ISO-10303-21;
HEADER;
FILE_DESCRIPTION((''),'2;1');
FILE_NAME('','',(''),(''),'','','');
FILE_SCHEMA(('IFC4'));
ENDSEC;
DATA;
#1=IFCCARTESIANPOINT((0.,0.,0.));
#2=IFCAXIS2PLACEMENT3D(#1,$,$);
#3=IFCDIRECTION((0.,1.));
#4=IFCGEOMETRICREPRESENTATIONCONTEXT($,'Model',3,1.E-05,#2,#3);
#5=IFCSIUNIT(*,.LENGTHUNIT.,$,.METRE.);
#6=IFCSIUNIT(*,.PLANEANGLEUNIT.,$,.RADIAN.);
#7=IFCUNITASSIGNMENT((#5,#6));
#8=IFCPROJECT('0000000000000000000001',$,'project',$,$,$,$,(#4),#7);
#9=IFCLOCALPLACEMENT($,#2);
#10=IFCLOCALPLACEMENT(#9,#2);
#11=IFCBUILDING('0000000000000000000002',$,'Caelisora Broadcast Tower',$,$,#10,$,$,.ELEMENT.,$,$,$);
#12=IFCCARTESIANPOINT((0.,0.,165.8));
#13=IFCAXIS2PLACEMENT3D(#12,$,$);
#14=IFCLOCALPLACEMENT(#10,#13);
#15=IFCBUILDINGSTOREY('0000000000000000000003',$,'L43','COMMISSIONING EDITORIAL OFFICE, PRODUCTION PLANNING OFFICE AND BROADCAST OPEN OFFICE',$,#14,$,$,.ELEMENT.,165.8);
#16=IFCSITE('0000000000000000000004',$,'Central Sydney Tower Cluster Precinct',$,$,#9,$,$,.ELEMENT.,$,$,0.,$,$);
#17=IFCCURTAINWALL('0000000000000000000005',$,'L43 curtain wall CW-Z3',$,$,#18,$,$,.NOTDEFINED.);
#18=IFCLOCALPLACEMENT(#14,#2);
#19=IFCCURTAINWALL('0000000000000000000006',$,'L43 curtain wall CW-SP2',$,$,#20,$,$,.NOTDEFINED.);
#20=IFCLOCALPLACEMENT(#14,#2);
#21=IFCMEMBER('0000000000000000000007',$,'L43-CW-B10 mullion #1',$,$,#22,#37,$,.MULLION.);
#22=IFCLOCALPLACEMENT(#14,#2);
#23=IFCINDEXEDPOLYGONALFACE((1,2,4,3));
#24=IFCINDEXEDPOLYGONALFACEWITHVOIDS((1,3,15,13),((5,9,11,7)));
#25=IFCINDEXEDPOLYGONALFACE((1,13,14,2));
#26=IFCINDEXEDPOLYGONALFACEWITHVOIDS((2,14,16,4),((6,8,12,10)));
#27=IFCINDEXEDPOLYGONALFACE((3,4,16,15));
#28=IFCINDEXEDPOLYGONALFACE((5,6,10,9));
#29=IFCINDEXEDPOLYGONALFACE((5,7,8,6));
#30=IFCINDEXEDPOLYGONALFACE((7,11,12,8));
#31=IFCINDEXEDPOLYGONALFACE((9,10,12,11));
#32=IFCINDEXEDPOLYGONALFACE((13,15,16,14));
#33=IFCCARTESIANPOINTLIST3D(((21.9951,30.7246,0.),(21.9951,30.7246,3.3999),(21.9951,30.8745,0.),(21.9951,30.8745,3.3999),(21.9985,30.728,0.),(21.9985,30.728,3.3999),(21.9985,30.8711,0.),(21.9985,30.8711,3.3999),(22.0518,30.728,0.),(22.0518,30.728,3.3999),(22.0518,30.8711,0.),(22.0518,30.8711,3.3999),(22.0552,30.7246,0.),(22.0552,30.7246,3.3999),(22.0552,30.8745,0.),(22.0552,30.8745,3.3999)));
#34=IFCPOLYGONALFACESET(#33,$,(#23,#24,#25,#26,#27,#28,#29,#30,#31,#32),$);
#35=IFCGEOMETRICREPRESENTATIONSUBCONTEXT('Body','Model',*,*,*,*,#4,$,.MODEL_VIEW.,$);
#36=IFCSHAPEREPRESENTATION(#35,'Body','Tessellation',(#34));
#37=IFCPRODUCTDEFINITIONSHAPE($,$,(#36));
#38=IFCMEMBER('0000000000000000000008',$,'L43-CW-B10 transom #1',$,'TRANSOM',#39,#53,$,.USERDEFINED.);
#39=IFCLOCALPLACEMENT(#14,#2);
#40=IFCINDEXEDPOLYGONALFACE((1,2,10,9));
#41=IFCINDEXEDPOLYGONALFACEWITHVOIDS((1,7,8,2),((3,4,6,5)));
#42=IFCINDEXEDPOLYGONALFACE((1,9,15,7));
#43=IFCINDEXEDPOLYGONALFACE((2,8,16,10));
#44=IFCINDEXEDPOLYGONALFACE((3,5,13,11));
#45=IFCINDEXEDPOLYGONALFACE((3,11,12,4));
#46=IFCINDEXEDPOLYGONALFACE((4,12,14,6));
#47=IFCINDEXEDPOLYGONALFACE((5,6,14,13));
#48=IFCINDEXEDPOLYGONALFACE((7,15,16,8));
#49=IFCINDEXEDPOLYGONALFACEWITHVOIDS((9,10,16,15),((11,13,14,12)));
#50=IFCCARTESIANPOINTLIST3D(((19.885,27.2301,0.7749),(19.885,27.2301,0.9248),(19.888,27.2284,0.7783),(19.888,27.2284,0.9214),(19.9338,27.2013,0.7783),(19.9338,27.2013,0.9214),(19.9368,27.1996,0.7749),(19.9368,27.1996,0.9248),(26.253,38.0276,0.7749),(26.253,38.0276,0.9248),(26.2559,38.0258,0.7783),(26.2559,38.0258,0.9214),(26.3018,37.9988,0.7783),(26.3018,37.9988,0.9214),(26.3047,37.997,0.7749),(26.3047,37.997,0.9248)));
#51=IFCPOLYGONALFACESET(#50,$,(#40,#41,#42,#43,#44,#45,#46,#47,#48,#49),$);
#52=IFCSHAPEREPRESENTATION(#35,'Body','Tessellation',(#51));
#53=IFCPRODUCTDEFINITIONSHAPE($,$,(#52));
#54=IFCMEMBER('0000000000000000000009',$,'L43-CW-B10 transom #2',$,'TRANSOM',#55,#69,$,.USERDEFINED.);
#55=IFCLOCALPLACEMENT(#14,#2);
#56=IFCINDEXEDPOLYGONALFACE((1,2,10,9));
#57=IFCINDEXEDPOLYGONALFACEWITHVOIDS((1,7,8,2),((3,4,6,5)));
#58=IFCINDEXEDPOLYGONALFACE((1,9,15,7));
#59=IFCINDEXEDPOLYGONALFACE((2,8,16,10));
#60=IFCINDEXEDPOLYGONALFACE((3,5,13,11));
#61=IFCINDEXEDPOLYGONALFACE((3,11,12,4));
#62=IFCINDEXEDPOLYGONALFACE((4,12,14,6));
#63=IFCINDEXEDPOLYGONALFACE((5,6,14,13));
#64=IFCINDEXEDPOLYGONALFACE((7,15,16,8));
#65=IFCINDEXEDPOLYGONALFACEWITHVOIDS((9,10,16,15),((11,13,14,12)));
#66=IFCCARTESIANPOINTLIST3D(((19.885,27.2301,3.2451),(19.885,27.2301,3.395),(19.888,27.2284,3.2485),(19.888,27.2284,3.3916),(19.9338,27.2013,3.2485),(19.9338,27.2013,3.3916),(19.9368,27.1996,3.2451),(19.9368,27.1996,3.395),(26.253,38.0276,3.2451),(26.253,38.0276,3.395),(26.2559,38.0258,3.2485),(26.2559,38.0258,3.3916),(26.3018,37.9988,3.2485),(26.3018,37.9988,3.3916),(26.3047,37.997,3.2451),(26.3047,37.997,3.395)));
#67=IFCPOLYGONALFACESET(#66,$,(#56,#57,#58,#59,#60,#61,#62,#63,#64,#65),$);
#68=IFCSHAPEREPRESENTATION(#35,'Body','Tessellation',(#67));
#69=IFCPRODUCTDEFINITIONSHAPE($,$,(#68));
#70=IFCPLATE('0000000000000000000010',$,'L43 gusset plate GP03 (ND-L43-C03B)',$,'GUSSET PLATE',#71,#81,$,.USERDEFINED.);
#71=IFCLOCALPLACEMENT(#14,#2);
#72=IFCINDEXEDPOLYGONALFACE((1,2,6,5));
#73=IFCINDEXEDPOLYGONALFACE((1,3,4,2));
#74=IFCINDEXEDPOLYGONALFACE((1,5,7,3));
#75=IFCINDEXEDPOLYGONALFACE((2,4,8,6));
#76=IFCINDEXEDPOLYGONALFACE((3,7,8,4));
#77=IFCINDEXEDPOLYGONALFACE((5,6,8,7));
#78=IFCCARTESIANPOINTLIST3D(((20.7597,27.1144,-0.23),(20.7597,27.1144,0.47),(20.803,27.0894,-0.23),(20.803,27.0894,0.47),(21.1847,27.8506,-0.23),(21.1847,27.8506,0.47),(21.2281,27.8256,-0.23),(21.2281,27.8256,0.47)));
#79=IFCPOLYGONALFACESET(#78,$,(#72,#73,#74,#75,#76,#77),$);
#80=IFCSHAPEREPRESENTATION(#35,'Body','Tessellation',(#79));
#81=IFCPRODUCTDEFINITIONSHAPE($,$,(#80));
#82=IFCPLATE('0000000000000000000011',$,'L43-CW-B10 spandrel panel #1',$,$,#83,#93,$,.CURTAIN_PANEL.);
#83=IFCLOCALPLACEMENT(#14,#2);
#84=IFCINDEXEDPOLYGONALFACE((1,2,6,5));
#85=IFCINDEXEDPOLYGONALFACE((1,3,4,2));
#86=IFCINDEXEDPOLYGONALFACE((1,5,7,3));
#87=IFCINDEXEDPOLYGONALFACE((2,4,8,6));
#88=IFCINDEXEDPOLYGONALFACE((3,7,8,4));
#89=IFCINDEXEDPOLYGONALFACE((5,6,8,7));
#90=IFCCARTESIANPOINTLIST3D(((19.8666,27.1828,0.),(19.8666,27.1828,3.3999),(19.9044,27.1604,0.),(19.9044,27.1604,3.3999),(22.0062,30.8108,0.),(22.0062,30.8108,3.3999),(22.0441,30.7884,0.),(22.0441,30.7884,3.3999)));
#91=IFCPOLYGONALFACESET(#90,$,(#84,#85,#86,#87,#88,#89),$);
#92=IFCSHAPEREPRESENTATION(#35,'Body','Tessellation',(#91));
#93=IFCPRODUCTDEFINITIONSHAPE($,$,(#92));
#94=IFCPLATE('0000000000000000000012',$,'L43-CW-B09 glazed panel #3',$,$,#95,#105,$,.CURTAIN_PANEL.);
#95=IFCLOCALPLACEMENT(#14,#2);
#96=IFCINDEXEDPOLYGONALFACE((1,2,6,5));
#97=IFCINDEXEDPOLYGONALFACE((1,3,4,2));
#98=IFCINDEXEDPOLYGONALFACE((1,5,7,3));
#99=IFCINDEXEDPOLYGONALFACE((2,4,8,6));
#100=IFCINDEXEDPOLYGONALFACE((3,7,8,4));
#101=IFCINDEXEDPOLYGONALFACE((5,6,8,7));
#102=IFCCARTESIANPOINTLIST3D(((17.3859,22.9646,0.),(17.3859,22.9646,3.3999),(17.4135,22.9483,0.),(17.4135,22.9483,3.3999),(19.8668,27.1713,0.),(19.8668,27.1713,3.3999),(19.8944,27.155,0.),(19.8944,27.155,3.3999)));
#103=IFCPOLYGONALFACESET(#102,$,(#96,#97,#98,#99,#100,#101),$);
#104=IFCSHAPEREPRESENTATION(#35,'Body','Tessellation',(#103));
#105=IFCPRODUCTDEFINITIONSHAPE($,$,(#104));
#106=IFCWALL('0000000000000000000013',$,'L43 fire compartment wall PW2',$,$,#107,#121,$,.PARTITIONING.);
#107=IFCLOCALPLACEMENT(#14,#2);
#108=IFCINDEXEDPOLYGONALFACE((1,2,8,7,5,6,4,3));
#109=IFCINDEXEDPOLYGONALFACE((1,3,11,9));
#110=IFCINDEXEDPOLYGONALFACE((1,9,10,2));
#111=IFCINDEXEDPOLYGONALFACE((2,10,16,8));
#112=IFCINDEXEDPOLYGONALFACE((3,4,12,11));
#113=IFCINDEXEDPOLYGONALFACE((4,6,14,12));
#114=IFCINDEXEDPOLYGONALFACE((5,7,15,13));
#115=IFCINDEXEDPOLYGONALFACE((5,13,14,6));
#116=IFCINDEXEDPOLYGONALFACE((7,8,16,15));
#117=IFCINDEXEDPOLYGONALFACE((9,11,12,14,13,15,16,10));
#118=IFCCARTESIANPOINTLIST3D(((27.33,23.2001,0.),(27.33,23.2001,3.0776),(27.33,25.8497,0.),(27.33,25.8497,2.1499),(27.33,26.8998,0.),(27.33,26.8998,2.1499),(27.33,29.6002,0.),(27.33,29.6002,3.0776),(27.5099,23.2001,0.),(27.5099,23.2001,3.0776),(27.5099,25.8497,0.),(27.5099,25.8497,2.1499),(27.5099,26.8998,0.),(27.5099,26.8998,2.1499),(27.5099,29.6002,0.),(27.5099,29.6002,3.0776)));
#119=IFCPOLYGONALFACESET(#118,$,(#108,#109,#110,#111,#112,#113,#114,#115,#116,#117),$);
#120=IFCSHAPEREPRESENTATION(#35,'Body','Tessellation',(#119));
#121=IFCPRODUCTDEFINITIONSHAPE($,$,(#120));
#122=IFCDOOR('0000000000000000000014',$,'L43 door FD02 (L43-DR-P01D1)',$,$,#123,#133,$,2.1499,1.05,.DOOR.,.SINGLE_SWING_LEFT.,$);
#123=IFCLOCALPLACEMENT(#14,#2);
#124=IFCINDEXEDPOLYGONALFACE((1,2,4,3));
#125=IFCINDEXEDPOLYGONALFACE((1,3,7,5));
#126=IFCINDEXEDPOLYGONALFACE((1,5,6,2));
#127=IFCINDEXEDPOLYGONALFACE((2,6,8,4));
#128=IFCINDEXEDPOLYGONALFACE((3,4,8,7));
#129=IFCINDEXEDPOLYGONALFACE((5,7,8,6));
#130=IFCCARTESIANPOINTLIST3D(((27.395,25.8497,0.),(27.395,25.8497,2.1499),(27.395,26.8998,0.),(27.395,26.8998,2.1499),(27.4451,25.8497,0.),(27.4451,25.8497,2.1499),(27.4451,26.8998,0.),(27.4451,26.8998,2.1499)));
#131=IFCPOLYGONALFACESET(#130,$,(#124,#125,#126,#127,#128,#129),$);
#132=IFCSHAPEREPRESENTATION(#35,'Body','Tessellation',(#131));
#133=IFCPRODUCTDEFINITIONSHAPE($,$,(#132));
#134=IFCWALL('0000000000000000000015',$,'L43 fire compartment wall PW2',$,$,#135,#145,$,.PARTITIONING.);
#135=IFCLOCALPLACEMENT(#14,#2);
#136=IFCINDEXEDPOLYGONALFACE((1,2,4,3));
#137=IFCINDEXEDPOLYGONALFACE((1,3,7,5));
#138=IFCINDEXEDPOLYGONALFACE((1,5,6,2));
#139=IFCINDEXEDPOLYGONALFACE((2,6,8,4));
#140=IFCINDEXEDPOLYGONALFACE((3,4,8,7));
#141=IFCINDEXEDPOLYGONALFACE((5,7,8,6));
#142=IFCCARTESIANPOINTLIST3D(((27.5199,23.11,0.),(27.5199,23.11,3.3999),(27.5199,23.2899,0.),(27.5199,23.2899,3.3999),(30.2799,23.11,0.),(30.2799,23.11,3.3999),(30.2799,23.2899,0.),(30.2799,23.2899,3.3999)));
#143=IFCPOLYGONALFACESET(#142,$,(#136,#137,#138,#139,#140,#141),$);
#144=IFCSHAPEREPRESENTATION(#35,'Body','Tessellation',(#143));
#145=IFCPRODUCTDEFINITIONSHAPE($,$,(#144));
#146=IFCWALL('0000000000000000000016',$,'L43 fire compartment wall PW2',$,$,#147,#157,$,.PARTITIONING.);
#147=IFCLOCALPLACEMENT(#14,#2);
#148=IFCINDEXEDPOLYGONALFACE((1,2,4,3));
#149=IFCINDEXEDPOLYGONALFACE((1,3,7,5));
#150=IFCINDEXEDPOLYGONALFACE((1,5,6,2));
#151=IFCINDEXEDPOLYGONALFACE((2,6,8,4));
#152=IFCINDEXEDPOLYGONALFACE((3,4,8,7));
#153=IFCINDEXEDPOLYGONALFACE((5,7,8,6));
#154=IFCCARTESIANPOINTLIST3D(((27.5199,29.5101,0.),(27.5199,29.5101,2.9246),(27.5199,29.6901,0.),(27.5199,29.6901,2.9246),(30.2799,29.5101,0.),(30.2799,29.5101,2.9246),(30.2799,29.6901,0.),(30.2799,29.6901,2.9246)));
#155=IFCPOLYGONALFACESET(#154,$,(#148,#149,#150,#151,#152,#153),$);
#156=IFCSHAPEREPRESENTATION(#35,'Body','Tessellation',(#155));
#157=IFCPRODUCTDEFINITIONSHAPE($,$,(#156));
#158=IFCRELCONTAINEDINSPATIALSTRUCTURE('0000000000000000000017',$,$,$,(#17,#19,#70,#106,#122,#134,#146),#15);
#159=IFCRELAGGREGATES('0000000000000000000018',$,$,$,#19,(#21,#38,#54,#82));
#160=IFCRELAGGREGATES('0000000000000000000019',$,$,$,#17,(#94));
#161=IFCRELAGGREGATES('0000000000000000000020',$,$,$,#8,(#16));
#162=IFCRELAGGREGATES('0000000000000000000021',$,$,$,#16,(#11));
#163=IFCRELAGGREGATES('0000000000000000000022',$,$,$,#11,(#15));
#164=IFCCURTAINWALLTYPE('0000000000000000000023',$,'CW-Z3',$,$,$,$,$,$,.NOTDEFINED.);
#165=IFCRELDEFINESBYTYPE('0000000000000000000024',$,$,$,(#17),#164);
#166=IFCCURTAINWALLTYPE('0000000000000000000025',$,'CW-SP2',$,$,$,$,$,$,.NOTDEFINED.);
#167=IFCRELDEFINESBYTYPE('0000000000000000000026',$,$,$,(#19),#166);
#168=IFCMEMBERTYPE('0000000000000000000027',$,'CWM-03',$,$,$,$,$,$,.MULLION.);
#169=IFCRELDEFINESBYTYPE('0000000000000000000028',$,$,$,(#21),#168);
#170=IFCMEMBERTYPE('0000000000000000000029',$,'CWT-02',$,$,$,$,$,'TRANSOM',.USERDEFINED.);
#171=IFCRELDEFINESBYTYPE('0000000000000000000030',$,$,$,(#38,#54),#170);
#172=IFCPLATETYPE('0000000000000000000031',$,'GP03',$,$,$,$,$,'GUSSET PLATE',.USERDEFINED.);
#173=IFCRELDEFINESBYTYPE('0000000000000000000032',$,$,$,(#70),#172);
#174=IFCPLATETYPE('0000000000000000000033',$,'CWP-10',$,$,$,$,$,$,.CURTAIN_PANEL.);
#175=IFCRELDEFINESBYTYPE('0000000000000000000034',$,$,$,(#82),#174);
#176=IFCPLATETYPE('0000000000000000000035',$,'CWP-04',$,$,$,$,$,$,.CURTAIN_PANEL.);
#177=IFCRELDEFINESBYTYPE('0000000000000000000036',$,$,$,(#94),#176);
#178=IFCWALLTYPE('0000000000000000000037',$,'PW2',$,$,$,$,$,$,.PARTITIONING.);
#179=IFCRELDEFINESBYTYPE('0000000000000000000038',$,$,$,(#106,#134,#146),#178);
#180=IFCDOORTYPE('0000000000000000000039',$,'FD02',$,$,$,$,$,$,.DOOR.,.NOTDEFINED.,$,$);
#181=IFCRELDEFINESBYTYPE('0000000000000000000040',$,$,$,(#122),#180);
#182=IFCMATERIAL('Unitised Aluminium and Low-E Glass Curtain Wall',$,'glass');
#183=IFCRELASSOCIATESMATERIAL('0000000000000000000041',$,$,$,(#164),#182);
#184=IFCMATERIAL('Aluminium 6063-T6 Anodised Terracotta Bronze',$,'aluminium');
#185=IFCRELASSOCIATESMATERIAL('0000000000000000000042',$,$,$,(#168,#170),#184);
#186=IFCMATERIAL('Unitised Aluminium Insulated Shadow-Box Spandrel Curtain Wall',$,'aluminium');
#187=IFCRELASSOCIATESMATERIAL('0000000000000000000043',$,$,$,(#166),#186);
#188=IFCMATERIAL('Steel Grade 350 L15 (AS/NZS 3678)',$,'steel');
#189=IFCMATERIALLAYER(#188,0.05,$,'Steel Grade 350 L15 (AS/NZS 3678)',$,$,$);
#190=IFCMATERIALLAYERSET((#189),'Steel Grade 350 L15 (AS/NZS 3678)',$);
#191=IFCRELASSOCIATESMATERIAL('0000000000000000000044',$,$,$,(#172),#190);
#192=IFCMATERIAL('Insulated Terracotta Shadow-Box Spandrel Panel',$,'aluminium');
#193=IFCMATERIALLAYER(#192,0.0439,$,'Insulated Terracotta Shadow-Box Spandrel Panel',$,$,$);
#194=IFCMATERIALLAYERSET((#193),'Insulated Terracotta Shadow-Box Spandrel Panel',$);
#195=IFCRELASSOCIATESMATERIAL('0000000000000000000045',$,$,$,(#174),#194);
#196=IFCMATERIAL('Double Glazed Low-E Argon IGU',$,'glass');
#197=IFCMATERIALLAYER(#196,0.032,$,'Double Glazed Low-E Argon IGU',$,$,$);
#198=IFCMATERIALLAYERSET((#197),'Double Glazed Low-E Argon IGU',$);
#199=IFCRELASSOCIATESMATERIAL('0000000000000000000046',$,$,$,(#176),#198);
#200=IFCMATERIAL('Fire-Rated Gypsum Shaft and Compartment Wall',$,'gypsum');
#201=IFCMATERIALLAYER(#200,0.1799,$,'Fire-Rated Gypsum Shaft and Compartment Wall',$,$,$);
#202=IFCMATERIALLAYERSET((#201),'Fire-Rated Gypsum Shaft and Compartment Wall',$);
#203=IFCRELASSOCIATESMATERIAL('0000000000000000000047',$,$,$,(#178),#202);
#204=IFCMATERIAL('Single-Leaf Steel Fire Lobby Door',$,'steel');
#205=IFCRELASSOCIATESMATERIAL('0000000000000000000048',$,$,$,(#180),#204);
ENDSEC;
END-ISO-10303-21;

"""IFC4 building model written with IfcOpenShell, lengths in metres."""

from ifc_helpers import new_model, si_unit, direction, frame, frame_2d, origin, origin_2d, place, context, subcontext, project, spatial, rectangle, hollow_rectangle, extrude, source, transform, mapped, material, layer, layer_set, material_profile, profile_set, type_object, type_shapes, element, fill, aggregate, save


model = new_model("IFC4")

# Units and contexts
model_context = context("Model", 3, precision=1e-05, world=origin(), true_north=direction((0.0, 1.0)))
body_context = subcontext(model_context, "Body", "Model", "MODEL_VIEW")
ifc_project = project(units=[si_unit("LENGTHUNIT", "METRE"), si_unit("PLANEANGLEUNIT", "RADIAN")], contexts=[model_context])

# Site, building, storey
site_placement = place(None, origin())
site = spatial("IfcSite", under=ifc_project, at=site_placement, Name="Central Sydney Tower Cluster Precinct", CompositionType="ELEMENT", RefElevation=0.0)
building_placement = place(site_placement, origin())
building = spatial("IfcBuilding", under=site, at=building_placement, Name="Caelisora Broadcast Tower", CompositionType="ELEMENT")
storey_placement = place(building_placement, frame((0.0, 0.0, 165.8)))
storey = spatial("IfcBuildingStorey", under=building, at=storey_placement, Name="L43", Description="COMMISSIONING EDITORIAL OFFICE, PRODUCTION PLANNING OFFICE AND BROADCAST OPEN OFFICE", CompositionType="ELEMENT", Elevation=165.8)

# Shared definitions
ifc_material_1 = material(Name="Steel Grade 350 L15 (AS/NZS 3678)", Category="steel")

# Curtain wall
ifc_material_2 = material(Name="Unitised Aluminium and Low-E Glass Curtain Wall", Category="glass")
curtain_wall_type_1 = type_object("IfcCurtainWallType", Name="CW-Z3", PredefinedType="NOTDEFINED", material=ifc_material_2)
curtain_wall_1_placement = place(storey_placement, origin())
curtain_wall_1 = element("IfcCurtainWall", 1, at=curtain_wall_1_placement, inside=storey, type_object=curtain_wall_type_1, Name="L43 curtain wall CW-Z3", PredefinedType="NOTDEFINED")
ifc_material_3 = material(Name="Aluminium 6063-T6 Anodised Terracotta Bronze", Category="aluminium")
ifc_material_profile_1 = material_profile(ifc_material_3, hollow_rectangle(XDim=0.0601, YDim=0.1499, WallThickness=0.0034, at=origin_2d()), Name="Aluminium 6063-T6 Anodised Terracotta Bronze")
ifc_profile_set_1 = profile_set([ifc_material_profile_1], Name="Aluminium 6063-T6 Anodised Terracotta Bronze")
member_type_1 = type_object("IfcMemberType", Name="CWM-03", PredefinedType="MULLION", material=ifc_profile_set_1)
shared_shape_1 = source(origin(), body_context, "Body", "SweptSolid", [
    extrude(hollow_rectangle(XDim=0.0601, YDim=0.1499, WallThickness=0.0034, at=origin_2d()), origin(), (0.0, 0.0, 1.0), 3.3999),
])
type_shapes(member_type_1, [shared_shape_1])

# Curtain wall, members
ifc_material_4 = material(Name="Unitised Aluminium Insulated Shadow-Box Spandrel Curtain Wall", Category="aluminium")
curtain_wall_type_2 = type_object("IfcCurtainWallType", Name="CW-SP2", PredefinedType="NOTDEFINED", material=ifc_material_4)
curtain_wall_2_placement = place(storey_placement, origin())
curtain_wall_2 = element("IfcCurtainWall", 2, at=curtain_wall_2_placement, inside=storey, type_object=curtain_wall_type_2, Name="L43 curtain wall CW-SP2", PredefinedType="NOTDEFINED")
member_1_placement = place(storey_placement, frame((22.0251, 30.7996, 0.0), z_axis=(0.0, 0.0, 1.0), x_axis=(1.0, 0.0, 0.0)))
member_1 = element("IfcMember", 3, at=member_1_placement, type_object=member_type_1, Name="L43-CW-B10 mullion #1", PredefinedType="MULLION", context=body_context, shape_type="MappedRepresentation", body=[
    mapped(shared_shape_1, transform((0.0, 0.0, 0.0), scale=1.0)),
])
ifc_material_profile_2 = material_profile(ifc_material_3, hollow_rectangle(XDim=0.0601, YDim=0.1499, WallThickness=0.0034, at=origin_2d()), Name="Aluminium 6063-T6 Anodised Terracotta Bronze")
ifc_profile_set_2 = profile_set([ifc_material_profile_2], Name="Aluminium 6063-T6 Anodised Terracotta Bronze")
member_type_2 = type_object("IfcMemberType", Name="CWT-02", ElementType="TRANSOM", PredefinedType="USERDEFINED", material=ifc_profile_set_2)
shared_shape_2 = source(origin(), body_context, "Body", "SweptSolid", [
    extrude(hollow_rectangle(XDim=0.0601, YDim=0.1499, WallThickness=0.0034, at=origin_2d()), origin(), (0.0, 0.0, 1.0), 12.5354),
])
type_shapes(member_type_2, [shared_shape_2])
member_2_placement = place(storey_placement, frame((19.9109, 27.2148, 0.8499), z_axis=(0.507999, 0.861357, 0.0), x_axis=(-0.861357, 0.507999, 0.0)))
member_2 = element("IfcMember", 4, at=member_2_placement, type_object=member_type_2, Name="L43-CW-B10 transom #1", ObjectType="TRANSOM", PredefinedType="USERDEFINED", context=body_context, shape_type="MappedRepresentation", body=[
    mapped(shared_shape_2, transform((0.0, 0.0, 0.0), scale=1.0)),
])
member_3_placement = place(storey_placement, frame((19.9109, 27.2148, 3.3201), z_axis=(0.507999, 0.861357, 0.0), x_axis=(-0.861357, 0.507999, 0.0)))
member_3 = element("IfcMember", 5, at=member_3_placement, type_object=member_type_2, Name="L43-CW-B10 transom #2", ObjectType="TRANSOM", PredefinedType="USERDEFINED", context=body_context, shape_type="MappedRepresentation", body=[
    mapped(shared_shape_2, transform((0.0, 0.0, 0.0), scale=1.0)),
])

# Plates
ifc_layer_1 = layer(ifc_material_1, 0.05, Name="Steel Grade 350 L15 (AS/NZS 3678)")
ifc_layer_set_1 = layer_set([ifc_layer_1], Name="Steel Grade 350 L15 (AS/NZS 3678)")
plate_type_1 = type_object("IfcPlateType", Name="GP03", ElementType="GUSSET PLATE", PredefinedType="USERDEFINED", material=ifc_layer_set_1)
shared_shape_3 = source(origin(), body_context, "Body", "SweptSolid", [
    extrude(rectangle(XDim=0.8501, YDim=0.05, at=origin_2d()), origin(), (0.0, 0.0, 1.0), 0.7),
])
type_shapes(plate_type_1, [shared_shape_3])
plate_1_placement = place(storey_placement, frame((20.9939, 27.47, -0.23), z_axis=(0.0, 0.0, 1.0), x_axis=(-0.5, -0.866025, 0.0)))
element("IfcPlate", 6, at=plate_1_placement, inside=storey, type_object=plate_type_1, Name="L43 gusset plate GP03 (ND-L43-C03B)", ObjectType="GUSSET PLATE", PredefinedType="USERDEFINED", context=body_context, shape_type="MappedRepresentation", body=[
    mapped(shared_shape_3, transform((0.0, 0.0, 0.0), scale=1.0)),
])
ifc_material_5 = material(Name="Insulated Terracotta Shadow-Box Spandrel Panel", Category="aluminium")
ifc_layer_2 = layer(ifc_material_5, 0.0439, Name="Insulated Terracotta Shadow-Box Spandrel Panel")
ifc_layer_set_2 = layer_set([ifc_layer_2], Name="Insulated Terracotta Shadow-Box Spandrel Panel")
plate_type_2 = type_object("IfcPlateType", Name="CWP-10", PredefinedType="CURTAIN_PANEL", material=ifc_layer_set_2)
shared_shape_4 = source(origin(), body_context, "Body", "SweptSolid", [
    extrude(rectangle(XDim=4.2119, YDim=0.0439, at=origin_2d()), origin(), (0.0, 0.0, 1.0), 3.3999),
])
type_shapes(plate_type_2, [shared_shape_4])
plate_2_placement = place(storey_placement, frame((20.9553, 28.9856, 0.0), z_axis=(0.0, 0.0, 1.0), x_axis=(0.507989, 0.861363, 0.0)))
plate_2 = element("IfcPlate", 7, at=plate_2_placement, type_object=plate_type_2, Name="L43-CW-B10 spandrel panel #1", PredefinedType="CURTAIN_PANEL", context=body_context, shape_type="MappedRepresentation", body=[
    mapped(shared_shape_4, transform((0.0, 0.0, 0.0), scale=1.0)),
])
aggregate(curtain_wall_2, [member_1, member_2, member_3, plate_2])
ifc_material_6 = material(Name="Double Glazed Low-E Argon IGU", Category="glass")
ifc_layer_3 = layer(ifc_material_6, 0.032, Name="Double Glazed Low-E Argon IGU")
ifc_layer_set_3 = layer_set([ifc_layer_3], Name="Double Glazed Low-E Argon IGU")
plate_type_3 = type_object("IfcPlateType", Name="CWP-04", PredefinedType="CURTAIN_PANEL", material=ifc_layer_set_3)
shared_shape_5 = source(origin(), body_context, "Body", "SweptSolid", [
    extrude(rectangle(XDim=4.8838, YDim=0.032, at=origin_2d()), origin(), (0.0, 0.0, 1.0), 3.3999),
])
type_shapes(plate_type_3, [shared_shape_5])
plate_3_placement = place(storey_placement, frame((18.6401, 25.0598, 0.0), z_axis=(0.0, 0.0, 1.0), x_axis=(0.507989, 0.861363, 0.0)))
plate_3 = element("IfcPlate", 8, at=plate_3_placement, type_object=plate_type_3, Name="L43-CW-B09 glazed panel #3", PredefinedType="CURTAIN_PANEL", context=body_context, shape_type="MappedRepresentation", body=[
    mapped(shared_shape_5, transform((0.0, 0.0, 0.0), scale=1.0)),
])
aggregate(curtain_wall_1, [plate_3])

# Wall, opening, door
ifc_material_7 = material(Name="Fire-Rated Gypsum Shaft and Compartment Wall", Category="gypsum")
ifc_layer_4 = layer(ifc_material_7, 0.1799, Name="Fire-Rated Gypsum Shaft and Compartment Wall")
ifc_layer_set_4 = layer_set([ifc_layer_4], Name="Fire-Rated Gypsum Shaft and Compartment Wall")
wall_type_1 = type_object("IfcWallType", Name="PW2", PredefinedType="PARTITIONING", material=ifc_layer_set_4)
wall_1_placement = place(storey_placement, frame((27.4199, 23.2, 0.0), z_axis=(0.0, 0.0, 1.0), x_axis=(0.0, 1.0, 0.0)))
wall_1 = element("IfcWall", 9, at=wall_1_placement, inside=storey, type_object=wall_type_1, Name="L43 fire compartment wall PW2", PredefinedType="PARTITIONING", context=body_context, shape_type="SweptSolid", body=[
    extrude(rectangle(XDim=6.4001, YDim=0.1799, at=frame_2d((3.2002, 0.0))), origin(), (0.0, 0.0, 1.0), 3.0776),
])
opening_1_placement = place(wall_1_placement, frame((2.6499, 0.0, 0.0)))
opening_1 = element("IfcOpeningElement", 10, at=opening_1_placement, cuts=wall_1, PredefinedType="OPENING", context=body_context, shape_type="SweptSolid", body=[
    extrude(rectangle(XDim=1.05, YDim=2.1499, at=frame_2d((0.5249, 1.075))), frame((0.0, 0.1021, 0.0), z_axis=(0.0, -1.0, 0.0), x_axis=(1.0, 0.0, 0.0)), (0.0, 0.0, 1.0), 0.2039),
])
ifc_material_8 = material(Name="Single-Leaf Steel Fire Lobby Door", Category="steel")
door_type_1 = type_object("IfcDoorType", Name="FD02", OperationType="NOTDEFINED", PredefinedType="DOOR", material=ifc_material_8)
door_1_placement = place(opening_1_placement, origin())
door_1 = element("IfcDoor", 11, at=door_1_placement, inside=storey, type_object=door_type_1, Name="L43 door FD02 (L43-DR-P01D1)", OperationType="SINGLE_SWING_LEFT", OverallHeight=2.1499, OverallWidth=1.05, PredefinedType="DOOR", context=body_context, shape_type="SweptSolid", body=[
    extrude(rectangle(XDim=1.05, YDim=2.1499, at=frame_2d((0.5249, 1.075))), frame((0.0, 0.0249, 0.0), z_axis=(0.0, -1.0, 0.0), x_axis=(1.0, 0.0, 0.0)), (0.0, 0.0, 1.0), 0.05),
])
fill(opening_1, door_1)

# Walls
wall_2_placement = place(storey_placement, frame((27.52, 23.2, 0.0), z_axis=(0.0, 0.0, 1.0), x_axis=(1.0, 0.0, 0.0)))
element("IfcWall", 12, at=wall_2_placement, inside=storey, type_object=wall_type_1, Name="L43 fire compartment wall PW2", PredefinedType="PARTITIONING", context=body_context, shape_type="SweptSolid", body=[
    extrude(rectangle(XDim=2.76, YDim=0.1799, at=frame_2d((1.3799, 0.0))), origin(), (0.0, 0.0, 1.0), 3.3999),
])
wall_3_placement = place(storey_placement, frame((27.52, 29.6001, 0.0), z_axis=(0.0, 0.0, 1.0), x_axis=(1.0, 0.0, 0.0)))
element("IfcWall", 13, at=wall_3_placement, inside=storey, type_object=wall_type_1, Name="L43 fire compartment wall PW2", PredefinedType="PARTITIONING", context=body_context, shape_type="SweptSolid", body=[
    extrude(rectangle(XDim=2.76, YDim=0.1799, at=frame_2d((1.3799, 0.0))), origin(), (0.0, 0.0, 1.0), 2.9246),
])

save(model, "model.ifc")
